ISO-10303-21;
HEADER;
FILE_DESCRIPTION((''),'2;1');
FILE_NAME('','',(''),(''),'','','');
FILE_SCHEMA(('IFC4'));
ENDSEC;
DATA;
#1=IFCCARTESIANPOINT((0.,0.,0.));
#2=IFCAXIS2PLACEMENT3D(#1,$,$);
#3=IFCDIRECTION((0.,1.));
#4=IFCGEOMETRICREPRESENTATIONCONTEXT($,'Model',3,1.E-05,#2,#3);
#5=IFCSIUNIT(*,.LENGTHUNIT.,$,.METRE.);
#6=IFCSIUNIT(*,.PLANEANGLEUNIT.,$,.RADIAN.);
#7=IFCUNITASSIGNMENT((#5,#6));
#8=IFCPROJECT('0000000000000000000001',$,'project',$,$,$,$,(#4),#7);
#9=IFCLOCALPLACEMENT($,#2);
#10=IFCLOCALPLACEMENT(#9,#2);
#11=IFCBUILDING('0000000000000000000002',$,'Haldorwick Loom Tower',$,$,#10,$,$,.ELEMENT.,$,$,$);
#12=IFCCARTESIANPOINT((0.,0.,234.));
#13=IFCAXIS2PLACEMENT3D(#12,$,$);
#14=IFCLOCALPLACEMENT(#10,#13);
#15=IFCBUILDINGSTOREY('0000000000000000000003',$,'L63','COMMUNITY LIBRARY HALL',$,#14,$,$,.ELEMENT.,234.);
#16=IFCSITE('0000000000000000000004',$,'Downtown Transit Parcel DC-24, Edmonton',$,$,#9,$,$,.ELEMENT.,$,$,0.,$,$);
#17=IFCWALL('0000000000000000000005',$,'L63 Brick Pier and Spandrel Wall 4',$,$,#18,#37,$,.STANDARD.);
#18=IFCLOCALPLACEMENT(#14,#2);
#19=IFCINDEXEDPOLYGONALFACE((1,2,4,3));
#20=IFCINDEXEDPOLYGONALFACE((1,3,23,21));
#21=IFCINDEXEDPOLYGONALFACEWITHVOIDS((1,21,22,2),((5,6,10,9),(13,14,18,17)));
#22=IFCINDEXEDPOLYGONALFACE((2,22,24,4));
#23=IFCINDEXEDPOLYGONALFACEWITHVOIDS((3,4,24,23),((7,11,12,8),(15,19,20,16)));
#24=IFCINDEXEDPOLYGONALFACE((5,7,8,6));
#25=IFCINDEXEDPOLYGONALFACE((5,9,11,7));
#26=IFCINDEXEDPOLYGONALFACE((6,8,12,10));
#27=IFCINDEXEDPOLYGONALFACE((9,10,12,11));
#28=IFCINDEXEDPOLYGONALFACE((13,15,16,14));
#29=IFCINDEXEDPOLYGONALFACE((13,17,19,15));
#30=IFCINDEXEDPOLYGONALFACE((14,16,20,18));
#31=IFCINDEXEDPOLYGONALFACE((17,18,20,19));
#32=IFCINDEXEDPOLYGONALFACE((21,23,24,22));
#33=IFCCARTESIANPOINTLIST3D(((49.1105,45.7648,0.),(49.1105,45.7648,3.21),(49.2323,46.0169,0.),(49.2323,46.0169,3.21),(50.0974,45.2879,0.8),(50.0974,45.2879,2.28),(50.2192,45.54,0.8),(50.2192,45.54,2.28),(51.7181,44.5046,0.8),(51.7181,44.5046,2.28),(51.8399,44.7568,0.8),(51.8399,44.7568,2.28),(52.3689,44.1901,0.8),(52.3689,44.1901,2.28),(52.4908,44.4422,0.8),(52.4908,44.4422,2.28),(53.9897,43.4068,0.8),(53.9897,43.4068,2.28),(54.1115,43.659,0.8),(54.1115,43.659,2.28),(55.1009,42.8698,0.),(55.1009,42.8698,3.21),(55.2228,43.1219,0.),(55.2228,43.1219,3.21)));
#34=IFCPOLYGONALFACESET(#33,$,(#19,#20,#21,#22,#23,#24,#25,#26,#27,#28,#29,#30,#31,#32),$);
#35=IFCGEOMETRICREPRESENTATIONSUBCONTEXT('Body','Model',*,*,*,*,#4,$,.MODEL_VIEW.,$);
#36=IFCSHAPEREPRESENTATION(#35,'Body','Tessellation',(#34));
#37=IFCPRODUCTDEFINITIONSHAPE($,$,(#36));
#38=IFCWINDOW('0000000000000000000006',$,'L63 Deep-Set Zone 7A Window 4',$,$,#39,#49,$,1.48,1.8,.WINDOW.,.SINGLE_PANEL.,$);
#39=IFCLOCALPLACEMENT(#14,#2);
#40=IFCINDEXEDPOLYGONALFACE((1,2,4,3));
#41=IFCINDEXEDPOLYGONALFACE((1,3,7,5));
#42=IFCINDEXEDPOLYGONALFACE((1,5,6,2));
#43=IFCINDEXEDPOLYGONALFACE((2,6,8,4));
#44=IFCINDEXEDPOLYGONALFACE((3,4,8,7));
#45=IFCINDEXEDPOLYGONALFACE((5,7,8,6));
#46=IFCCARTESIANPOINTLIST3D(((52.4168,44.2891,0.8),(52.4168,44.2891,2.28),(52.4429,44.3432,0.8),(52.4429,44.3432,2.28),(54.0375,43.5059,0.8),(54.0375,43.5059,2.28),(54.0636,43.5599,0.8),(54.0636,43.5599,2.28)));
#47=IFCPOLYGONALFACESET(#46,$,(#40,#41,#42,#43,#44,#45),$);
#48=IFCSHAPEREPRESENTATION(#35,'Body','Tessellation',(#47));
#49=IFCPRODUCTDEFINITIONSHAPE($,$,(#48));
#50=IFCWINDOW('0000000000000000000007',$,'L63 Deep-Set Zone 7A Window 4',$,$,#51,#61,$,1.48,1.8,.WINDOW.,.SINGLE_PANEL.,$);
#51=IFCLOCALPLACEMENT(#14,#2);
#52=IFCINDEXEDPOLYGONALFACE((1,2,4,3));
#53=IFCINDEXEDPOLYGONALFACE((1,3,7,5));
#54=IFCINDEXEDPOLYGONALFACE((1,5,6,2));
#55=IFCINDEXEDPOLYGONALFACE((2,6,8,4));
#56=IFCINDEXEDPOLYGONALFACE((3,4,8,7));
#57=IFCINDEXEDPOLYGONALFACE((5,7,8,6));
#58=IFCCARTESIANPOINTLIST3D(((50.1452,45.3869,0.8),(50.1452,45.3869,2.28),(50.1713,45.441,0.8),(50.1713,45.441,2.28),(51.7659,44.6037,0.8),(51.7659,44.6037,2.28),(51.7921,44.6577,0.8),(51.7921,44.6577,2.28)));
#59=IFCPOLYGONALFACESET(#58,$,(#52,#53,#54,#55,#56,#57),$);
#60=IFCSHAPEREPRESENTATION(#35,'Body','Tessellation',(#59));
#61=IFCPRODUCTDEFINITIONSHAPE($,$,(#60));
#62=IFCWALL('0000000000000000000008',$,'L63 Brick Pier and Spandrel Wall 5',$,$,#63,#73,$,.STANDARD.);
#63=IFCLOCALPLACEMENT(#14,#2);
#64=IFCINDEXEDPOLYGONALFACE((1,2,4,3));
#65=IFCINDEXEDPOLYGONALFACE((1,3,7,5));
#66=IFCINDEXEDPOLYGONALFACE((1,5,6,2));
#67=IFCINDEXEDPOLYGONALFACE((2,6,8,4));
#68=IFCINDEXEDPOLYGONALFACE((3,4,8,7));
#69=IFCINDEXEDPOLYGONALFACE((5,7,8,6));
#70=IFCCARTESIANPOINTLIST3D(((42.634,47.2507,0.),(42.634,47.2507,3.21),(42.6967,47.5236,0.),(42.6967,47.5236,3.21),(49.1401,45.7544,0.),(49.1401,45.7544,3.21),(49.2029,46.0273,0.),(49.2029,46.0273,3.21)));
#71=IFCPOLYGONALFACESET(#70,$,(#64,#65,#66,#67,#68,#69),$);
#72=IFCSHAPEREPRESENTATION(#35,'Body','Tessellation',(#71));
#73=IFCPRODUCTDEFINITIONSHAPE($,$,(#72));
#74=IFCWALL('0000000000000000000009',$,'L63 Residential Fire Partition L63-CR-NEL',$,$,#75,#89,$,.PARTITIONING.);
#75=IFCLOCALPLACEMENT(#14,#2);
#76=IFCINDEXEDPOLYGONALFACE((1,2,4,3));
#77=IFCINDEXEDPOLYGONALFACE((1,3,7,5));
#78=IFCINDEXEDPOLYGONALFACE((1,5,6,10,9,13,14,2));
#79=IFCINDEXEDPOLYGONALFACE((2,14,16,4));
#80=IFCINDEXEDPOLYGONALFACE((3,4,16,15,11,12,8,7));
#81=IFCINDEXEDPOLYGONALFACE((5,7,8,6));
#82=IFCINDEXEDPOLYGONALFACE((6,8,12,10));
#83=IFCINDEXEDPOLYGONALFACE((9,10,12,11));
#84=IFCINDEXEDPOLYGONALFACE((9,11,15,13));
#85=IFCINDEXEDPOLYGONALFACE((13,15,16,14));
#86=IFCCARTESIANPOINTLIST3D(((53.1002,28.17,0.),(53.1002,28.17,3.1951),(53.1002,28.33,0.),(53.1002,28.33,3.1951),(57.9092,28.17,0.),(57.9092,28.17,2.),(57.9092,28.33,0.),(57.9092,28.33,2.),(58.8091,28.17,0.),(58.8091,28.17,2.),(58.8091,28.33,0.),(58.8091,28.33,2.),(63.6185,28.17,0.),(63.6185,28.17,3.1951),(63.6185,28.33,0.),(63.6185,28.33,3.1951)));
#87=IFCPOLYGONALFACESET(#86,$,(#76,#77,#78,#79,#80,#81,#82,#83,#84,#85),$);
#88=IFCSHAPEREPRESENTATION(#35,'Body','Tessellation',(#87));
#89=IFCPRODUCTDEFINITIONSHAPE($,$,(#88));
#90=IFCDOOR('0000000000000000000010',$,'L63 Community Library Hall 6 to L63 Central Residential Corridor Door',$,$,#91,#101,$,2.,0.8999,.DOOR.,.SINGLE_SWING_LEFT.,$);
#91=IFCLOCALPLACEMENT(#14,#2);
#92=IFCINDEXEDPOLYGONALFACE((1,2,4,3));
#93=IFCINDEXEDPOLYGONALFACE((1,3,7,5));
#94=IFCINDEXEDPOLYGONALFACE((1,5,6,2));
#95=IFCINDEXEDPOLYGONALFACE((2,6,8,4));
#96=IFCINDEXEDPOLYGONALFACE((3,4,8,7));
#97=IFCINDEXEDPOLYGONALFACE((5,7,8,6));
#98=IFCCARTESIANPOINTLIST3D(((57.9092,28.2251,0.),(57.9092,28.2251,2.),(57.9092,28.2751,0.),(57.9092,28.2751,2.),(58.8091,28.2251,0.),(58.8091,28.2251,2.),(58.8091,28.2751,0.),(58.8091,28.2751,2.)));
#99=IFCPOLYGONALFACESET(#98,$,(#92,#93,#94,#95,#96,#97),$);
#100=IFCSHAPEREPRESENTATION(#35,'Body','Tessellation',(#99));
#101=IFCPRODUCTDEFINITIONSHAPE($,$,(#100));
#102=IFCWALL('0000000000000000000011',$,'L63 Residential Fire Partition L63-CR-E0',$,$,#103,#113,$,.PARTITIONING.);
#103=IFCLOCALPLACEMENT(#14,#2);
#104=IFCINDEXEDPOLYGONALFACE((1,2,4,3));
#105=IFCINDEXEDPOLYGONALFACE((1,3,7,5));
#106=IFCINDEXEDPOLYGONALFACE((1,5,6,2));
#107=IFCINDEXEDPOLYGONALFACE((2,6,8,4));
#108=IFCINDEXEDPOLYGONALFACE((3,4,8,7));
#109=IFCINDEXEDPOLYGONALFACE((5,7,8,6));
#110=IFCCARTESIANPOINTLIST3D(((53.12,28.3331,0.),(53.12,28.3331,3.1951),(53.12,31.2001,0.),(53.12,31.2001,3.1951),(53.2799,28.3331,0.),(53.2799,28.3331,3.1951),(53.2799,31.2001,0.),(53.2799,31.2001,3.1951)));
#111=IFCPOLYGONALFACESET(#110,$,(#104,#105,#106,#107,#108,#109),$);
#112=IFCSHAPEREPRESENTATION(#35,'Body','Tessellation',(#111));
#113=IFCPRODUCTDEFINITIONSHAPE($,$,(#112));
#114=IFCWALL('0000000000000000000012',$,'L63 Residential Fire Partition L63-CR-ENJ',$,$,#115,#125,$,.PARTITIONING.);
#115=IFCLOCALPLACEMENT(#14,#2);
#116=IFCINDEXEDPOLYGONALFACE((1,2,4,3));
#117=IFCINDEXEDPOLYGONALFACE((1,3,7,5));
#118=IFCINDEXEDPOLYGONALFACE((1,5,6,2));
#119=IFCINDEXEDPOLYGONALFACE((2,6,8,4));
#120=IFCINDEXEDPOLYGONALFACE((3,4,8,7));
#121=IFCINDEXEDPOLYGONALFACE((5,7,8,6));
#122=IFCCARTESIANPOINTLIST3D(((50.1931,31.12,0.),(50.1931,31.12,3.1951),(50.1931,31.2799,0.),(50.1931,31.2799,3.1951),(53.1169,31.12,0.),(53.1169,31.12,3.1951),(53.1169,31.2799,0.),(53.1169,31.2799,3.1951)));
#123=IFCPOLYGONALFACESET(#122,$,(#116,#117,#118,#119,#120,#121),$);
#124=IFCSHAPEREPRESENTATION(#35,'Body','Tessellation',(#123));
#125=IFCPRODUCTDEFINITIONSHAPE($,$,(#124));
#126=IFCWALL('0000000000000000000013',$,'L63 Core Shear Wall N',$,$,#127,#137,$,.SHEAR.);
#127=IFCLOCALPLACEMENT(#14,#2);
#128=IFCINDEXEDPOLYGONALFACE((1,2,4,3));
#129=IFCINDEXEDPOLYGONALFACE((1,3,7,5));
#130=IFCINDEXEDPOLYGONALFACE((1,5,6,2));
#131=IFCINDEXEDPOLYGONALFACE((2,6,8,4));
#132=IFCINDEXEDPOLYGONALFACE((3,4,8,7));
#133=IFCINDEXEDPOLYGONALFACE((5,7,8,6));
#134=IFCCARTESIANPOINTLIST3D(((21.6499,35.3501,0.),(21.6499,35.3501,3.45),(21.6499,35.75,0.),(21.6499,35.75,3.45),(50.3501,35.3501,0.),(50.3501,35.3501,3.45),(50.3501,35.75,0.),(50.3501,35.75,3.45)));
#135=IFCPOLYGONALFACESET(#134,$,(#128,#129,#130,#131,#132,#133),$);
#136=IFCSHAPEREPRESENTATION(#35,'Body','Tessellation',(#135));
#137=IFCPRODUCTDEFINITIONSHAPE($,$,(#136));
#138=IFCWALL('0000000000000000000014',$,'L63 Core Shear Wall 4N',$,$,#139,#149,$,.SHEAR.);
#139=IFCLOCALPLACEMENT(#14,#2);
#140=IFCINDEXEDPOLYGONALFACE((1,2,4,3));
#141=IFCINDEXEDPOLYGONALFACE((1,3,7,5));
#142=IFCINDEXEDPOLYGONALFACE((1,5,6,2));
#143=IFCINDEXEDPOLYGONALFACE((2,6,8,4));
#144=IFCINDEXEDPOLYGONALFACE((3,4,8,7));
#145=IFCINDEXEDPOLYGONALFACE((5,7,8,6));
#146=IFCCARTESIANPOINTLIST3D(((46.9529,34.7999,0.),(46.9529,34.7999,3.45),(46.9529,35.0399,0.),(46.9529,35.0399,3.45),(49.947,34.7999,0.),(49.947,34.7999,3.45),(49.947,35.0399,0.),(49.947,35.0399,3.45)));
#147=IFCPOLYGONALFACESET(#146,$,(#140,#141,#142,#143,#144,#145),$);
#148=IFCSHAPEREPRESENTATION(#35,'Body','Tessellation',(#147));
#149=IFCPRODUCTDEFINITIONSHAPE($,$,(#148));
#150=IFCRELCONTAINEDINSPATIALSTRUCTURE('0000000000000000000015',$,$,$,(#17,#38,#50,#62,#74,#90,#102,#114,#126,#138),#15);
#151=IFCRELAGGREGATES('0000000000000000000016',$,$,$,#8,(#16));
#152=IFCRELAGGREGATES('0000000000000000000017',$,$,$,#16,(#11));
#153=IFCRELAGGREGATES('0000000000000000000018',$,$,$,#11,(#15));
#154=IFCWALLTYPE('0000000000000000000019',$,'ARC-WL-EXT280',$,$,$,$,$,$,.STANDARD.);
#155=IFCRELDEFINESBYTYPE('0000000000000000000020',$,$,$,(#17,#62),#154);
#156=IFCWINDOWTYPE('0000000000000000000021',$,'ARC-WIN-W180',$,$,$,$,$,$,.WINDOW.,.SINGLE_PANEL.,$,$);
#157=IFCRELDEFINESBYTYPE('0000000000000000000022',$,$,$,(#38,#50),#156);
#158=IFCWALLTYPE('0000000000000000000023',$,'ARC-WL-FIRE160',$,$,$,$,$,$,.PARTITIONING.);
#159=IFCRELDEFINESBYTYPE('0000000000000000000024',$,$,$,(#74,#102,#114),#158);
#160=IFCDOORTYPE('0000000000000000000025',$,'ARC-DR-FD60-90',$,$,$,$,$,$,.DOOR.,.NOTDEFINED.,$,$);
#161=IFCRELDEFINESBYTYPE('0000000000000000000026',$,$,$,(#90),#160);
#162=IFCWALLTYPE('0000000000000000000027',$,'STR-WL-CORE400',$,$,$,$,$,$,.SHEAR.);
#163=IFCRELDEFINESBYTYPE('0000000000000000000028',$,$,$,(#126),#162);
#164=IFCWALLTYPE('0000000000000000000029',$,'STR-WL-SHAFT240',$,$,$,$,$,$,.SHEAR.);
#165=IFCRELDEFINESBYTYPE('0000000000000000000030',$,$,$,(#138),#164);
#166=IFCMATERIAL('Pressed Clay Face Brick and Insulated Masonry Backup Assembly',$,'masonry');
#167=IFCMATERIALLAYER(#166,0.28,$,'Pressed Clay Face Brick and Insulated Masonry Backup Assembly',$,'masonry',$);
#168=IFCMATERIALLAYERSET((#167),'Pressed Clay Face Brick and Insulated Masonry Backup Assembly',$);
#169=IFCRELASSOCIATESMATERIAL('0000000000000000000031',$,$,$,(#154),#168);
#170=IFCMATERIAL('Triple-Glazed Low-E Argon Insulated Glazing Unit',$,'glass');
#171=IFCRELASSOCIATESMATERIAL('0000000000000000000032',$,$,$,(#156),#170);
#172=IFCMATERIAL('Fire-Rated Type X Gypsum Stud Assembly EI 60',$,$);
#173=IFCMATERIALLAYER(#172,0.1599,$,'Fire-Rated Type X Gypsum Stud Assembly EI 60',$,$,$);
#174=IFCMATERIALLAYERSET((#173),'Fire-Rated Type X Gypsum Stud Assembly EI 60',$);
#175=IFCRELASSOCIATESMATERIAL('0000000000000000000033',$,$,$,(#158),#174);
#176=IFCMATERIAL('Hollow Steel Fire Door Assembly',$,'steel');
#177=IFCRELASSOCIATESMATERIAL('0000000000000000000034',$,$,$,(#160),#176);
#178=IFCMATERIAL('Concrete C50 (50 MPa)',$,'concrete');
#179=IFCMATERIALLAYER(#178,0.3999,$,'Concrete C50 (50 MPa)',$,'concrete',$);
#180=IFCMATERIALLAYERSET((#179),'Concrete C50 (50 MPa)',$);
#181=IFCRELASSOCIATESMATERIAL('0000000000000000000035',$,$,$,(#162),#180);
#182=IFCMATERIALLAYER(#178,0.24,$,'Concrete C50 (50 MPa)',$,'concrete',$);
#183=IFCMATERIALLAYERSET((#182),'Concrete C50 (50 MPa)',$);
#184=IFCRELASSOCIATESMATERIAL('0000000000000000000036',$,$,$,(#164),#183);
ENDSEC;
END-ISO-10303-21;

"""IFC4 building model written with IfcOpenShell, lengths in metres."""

from ifc_helpers import new_model, si_unit, direction, frame, frame_2d, origin, place, context, subcontext, project, spatial, rectangle, extrude, material, layer, layer_set, type_object, element, fill, save


model = new_model("IFC4")

# Units and contexts
model_context = context("Model", 3, precision=1e-05, world=origin(), true_north=direction((0.0, 1.0)))
body_context = subcontext(model_context, "Body", "Model", "MODEL_VIEW")
ifc_project = project(units=[si_unit("LENGTHUNIT", "METRE"), si_unit("PLANEANGLEUNIT", "RADIAN")], contexts=[model_context])

# Site, building, storey
site_placement = place(None, origin())
site = spatial("IfcSite", under=ifc_project, at=site_placement, Name="Downtown Transit Parcel DC-24, Edmonton", CompositionType="ELEMENT", RefElevation=0.0)
building_placement = place(site_placement, origin())
building = spatial("IfcBuilding", under=site, at=building_placement, Name="Haldorwick Loom Tower", CompositionType="ELEMENT")
storey_placement = place(building_placement, frame((0.0, 0.0, 234.0)))
storey = spatial("IfcBuildingStorey", under=building, at=storey_placement, Name="L63", Description="COMMUNITY LIBRARY HALL", CompositionType="ELEMENT", Elevation=234.0)

# Shared definitions
ifc_material_1 = material(Name="Pressed Clay Face Brick and Insulated Masonry Backup Assembly", Category="masonry")
ifc_layer_1 = layer(ifc_material_1, 0.28, Name="Pressed Clay Face Brick and Insulated Masonry Backup Assembly", Category="masonry")
ifc_layer_set_1 = layer_set([ifc_layer_1], Name="Pressed Clay Face Brick and Insulated Masonry Backup Assembly")
wall_type_1 = type_object("IfcWallType", Name="ARC-WL-EXT280", PredefinedType="STANDARD", material=ifc_layer_set_1)

# Wall, openings, windows
wall_1_placement = place(storey_placement, frame((55.1619, 42.9958, 0.0), z_axis=(0.0, 0.0, 1.0), x_axis=(-0.900371, 0.435123, 0.0)))
wall_1 = element("IfcWall", 1, at=wall_1_placement, inside=storey, type_object=wall_type_1, Name="L63 Brick Pier and Spandrel Wall 4", PredefinedType="STANDARD", context=body_context, shape_type="SweptSolid", body=[
    extrude(rectangle(XDim=6.6533, YDim=0.28, at=frame_2d((3.3267, 0.0))), origin(), (0.0, 0.0, 1.0), 3.21),
])
opening_1_placement = place(wall_1_placement, frame((1.2344, 0.0, 0.8)))
opening_1 = element("IfcOpeningElement", 2, at=opening_1_placement, cuts=wall_1, PredefinedType="OPENING", context=body_context, shape_type="SweptSolid", body=[
    extrude(rectangle(XDim=1.8, YDim=1.48, at=frame_2d((0.8999, 0.74))), frame((0.0, 0.1499, 0.0), z_axis=(0.0, -1.0, 0.0), x_axis=(1.0, 0.0, 0.0)), (0.0, 0.0, 1.0), 0.3),
])
opening_2_placement = place(wall_1_placement, frame((3.7573, 0.0, 0.8)))
opening_2 = element("IfcOpeningElement", 3, at=opening_2_placement, cuts=wall_1, PredefinedType="OPENING", context=body_context, shape_type="SweptSolid", body=[
    extrude(rectangle(XDim=1.8, YDim=1.48, at=frame_2d((0.8999, 0.74))), frame((0.0, 0.1499, 0.0), z_axis=(0.0, -1.0, 0.0), x_axis=(1.0, 0.0, 0.0)), (0.0, 0.0, 1.0), 0.3),
])
ifc_material_2 = material(Name="Triple-Glazed Low-E Argon Insulated Glazing Unit", Category="glass")
window_type = type_object("IfcWindowType", Name="ARC-WIN-W180", PartitioningType="SINGLE_PANEL", PredefinedType="WINDOW", material=ifc_material_2)
window_1_placement = place(opening_1_placement, origin())
window_1 = element("IfcWindow", 4, at=window_1_placement, inside=storey, type_object=window_type, Name="L63 Deep-Set Zone 7A Window 4", OverallHeight=1.48, OverallWidth=1.8, PartitioningType="SINGLE_PANEL", PredefinedType="WINDOW", context=body_context, shape_type="SweptSolid", body=[
    extrude(rectangle(XDim=1.8, YDim=1.48, at=frame_2d((0.8999, 0.74))), frame((0.0, 0.03, 0.0), z_axis=(0.0, -1.0, 0.0), x_axis=(1.0, 0.0, 0.0)), (0.0, 0.0, 1.0), 0.0601),
])
fill(opening_1, window_1)
window_2_placement = place(opening_2_placement, origin())
window_2 = element("IfcWindow", 5, at=window_2_placement, inside=storey, type_object=window_type, Name="L63 Deep-Set Zone 7A Window 4", OverallHeight=1.48, OverallWidth=1.8, PartitioningType="SINGLE_PANEL", PredefinedType="WINDOW", context=body_context, shape_type="SweptSolid", body=[
    extrude(rectangle(XDim=1.8, YDim=1.48, at=frame_2d((0.8999, 0.74))), frame((0.0, 0.03, 0.0), z_axis=(0.0, -1.0, 0.0), x_axis=(1.0, 0.0, 0.0)), (0.0, 0.0, 1.0), 0.0601),
])
fill(opening_2, window_2)

# Wall
wall_2_placement = place(storey_placement, frame((49.1714, 45.8909, 0.0), z_axis=(0.0, 0.0, 1.0), x_axis=(-0.974557, 0.224138, 0.0)))
element("IfcWall", 6, at=wall_2_placement, inside=storey, type_object=wall_type_1, Name="L63 Brick Pier and Spandrel Wall 5", PredefinedType="STANDARD", context=body_context, shape_type="SweptSolid", body=[
    extrude(rectangle(XDim=6.676, YDim=0.28, at=frame_2d((3.3379, 0.0))), origin(), (0.0, 0.0, 1.0), 3.21),
])

# Wall, opening, door
ifc_material_3 = material(Name="Fire-Rated Type X Gypsum Stud Assembly EI 60")
ifc_layer_2 = layer(ifc_material_3, 0.1599, Name="Fire-Rated Type X Gypsum Stud Assembly EI 60")
ifc_layer_set_2 = layer_set([ifc_layer_2], Name="Fire-Rated Type X Gypsum Stud Assembly EI 60")
wall_type_2 = type_object("IfcWallType", Name="ARC-WL-FIRE160", PredefinedType="PARTITIONING", material=ifc_layer_set_2)
wall_3_placement = place(storey_placement, frame((53.1001, 28.25, 0.0), z_axis=(0.0, 0.0, 1.0), x_axis=(1.0, 0.0, 0.0)))
wall_3 = element("IfcWall", 7, at=wall_3_placement, inside=storey, type_object=wall_type_2, Name="L63 Residential Fire Partition L63-CR-NEL", PredefinedType="PARTITIONING", context=body_context, shape_type="SweptSolid", body=[
    extrude(rectangle(XDim=10.5183, YDim=0.1599, at=frame_2d((5.2593, 0.0))), origin(), (0.0, 0.0, 1.0), 3.1951),
])
opening_3_placement = place(wall_3_placement, frame((4.8091, 0.0, 0.0)))
opening_3 = element("IfcOpeningElement", 8, at=opening_3_placement, cuts=wall_3, PredefinedType="OPENING", context=body_context, shape_type="SweptSolid", body=[
    extrude(rectangle(XDim=0.8999, YDim=2.0, at=frame_2d((0.45, 1.0))), frame((0.0, 0.0898, 0.0), z_axis=(0.0, -1.0, 0.0), x_axis=(1.0, 0.0, 0.0)), (0.0, 0.0, 1.0), 0.1799),
])
ifc_material_4 = material(Name="Hollow Steel Fire Door Assembly", Category="steel")
door_type = type_object("IfcDoorType", Name="ARC-DR-FD60-90", OperationType="NOTDEFINED", PredefinedType="DOOR", material=ifc_material_4)
door_placement = place(opening_3_placement, frame((0.8999, 0.0, 0.0), z_axis=(0.0, 0.0, 1.0), x_axis=(-1.0, 0.0, 0.0)))
door = element("IfcDoor", 9, at=door_placement, inside=storey, type_object=door_type, Name="L63 Community Library Hall 6 to L63 Central Residential Corridor Door", OperationType="SINGLE_SWING_LEFT", OverallHeight=2.0, OverallWidth=0.8999, PredefinedType="DOOR", context=body_context, shape_type="SweptSolid", body=[
    extrude(rectangle(XDim=0.8999, YDim=2.0, at=frame_2d((0.45, 1.0))), frame((0.0, 0.0249, 0.0), z_axis=(0.0, -1.0, 0.0), x_axis=(1.0, 0.0, 0.0)), (0.0, 0.0, 1.0), 0.05),
])
fill(opening_3, door)

# Walls
wall_4_placement = place(storey_placement, frame((53.2, 28.333, 0.0), z_axis=(0.0, 0.0, 1.0), x_axis=(0.0, 1.0, 0.0)))
element("IfcWall", 10, at=wall_4_placement, inside=storey, type_object=wall_type_2, Name="L63 Residential Fire Partition L63-CR-E0", PredefinedType="PARTITIONING", context=body_context, shape_type="SweptSolid", body=[
    extrude(rectangle(XDim=2.8669, YDim=0.1599, at=frame_2d((1.4336, 0.0))), origin(), (0.0, 0.0, 1.0), 3.1951),
])
wall_5_placement = place(storey_placement, frame((50.1931, 31.2, 0.0), z_axis=(0.0, 0.0, 1.0), x_axis=(1.0, 0.0, 0.0)))
element("IfcWall", 11, at=wall_5_placement, inside=storey, type_object=wall_type_2, Name="L63 Residential Fire Partition L63-CR-ENJ", PredefinedType="PARTITIONING", context=body_context, shape_type="SweptSolid", body=[
    extrude(rectangle(XDim=2.9238, YDim=0.1599, at=frame_2d((1.4619, 0.0))), origin(), (0.0, 0.0, 1.0), 3.1951),
])
ifc_material_5 = material(Name="Concrete C50 (50 MPa)", Category="concrete")
ifc_layer_3 = layer(ifc_material_5, 0.3999, Name="Concrete C50 (50 MPa)", Category="concrete")
ifc_layer_set_3 = layer_set([ifc_layer_3], Name="Concrete C50 (50 MPa)")
wall_type_3 = type_object("IfcWallType", Name="STR-WL-CORE400", PredefinedType="SHEAR", material=ifc_layer_set_3)
wall_6_placement = place(storey_placement, frame((50.3501, 35.55, 0.0), z_axis=(0.0, 0.0, 1.0), x_axis=(-1.0, 0.0, 0.0)))
element("IfcWall", 12, at=wall_6_placement, inside=storey, type_object=wall_type_3, Name="L63 Core Shear Wall N", PredefinedType="SHEAR", context=body_context, shape_type="SweptSolid", body=[
    extrude(rectangle(XDim=28.7002, YDim=0.3999, at=frame_2d((14.3501, 0.0))), origin(), (0.0, 0.0, 1.0), 3.45),
])
ifc_layer_4 = layer(ifc_material_5, 0.24, Name="Concrete C50 (50 MPa)", Category="concrete")
ifc_layer_set_4 = layer_set([ifc_layer_4], Name="Concrete C50 (50 MPa)")
wall_type_4 = type_object("IfcWallType", Name="STR-WL-SHAFT240", PredefinedType="SHEAR", material=ifc_layer_set_4)
wall_7_placement = place(storey_placement, frame((46.9529, 34.9199, 0.0), z_axis=(0.0, 0.0, 1.0), x_axis=(1.0, 0.0, 0.0)))
element("IfcWall", 13, at=wall_7_placement, inside=storey, type_object=wall_type_4, Name="L63 Core Shear Wall 4N", PredefinedType="SHEAR", context=body_context, shape_type="SweptSolid", body=[
    extrude(rectangle(XDim=2.9941, YDim=0.24, at=frame_2d((1.4971, 0.0))), origin(), (0.0, 0.0, 1.0), 3.45),
])

save(model, "model.ifc")
